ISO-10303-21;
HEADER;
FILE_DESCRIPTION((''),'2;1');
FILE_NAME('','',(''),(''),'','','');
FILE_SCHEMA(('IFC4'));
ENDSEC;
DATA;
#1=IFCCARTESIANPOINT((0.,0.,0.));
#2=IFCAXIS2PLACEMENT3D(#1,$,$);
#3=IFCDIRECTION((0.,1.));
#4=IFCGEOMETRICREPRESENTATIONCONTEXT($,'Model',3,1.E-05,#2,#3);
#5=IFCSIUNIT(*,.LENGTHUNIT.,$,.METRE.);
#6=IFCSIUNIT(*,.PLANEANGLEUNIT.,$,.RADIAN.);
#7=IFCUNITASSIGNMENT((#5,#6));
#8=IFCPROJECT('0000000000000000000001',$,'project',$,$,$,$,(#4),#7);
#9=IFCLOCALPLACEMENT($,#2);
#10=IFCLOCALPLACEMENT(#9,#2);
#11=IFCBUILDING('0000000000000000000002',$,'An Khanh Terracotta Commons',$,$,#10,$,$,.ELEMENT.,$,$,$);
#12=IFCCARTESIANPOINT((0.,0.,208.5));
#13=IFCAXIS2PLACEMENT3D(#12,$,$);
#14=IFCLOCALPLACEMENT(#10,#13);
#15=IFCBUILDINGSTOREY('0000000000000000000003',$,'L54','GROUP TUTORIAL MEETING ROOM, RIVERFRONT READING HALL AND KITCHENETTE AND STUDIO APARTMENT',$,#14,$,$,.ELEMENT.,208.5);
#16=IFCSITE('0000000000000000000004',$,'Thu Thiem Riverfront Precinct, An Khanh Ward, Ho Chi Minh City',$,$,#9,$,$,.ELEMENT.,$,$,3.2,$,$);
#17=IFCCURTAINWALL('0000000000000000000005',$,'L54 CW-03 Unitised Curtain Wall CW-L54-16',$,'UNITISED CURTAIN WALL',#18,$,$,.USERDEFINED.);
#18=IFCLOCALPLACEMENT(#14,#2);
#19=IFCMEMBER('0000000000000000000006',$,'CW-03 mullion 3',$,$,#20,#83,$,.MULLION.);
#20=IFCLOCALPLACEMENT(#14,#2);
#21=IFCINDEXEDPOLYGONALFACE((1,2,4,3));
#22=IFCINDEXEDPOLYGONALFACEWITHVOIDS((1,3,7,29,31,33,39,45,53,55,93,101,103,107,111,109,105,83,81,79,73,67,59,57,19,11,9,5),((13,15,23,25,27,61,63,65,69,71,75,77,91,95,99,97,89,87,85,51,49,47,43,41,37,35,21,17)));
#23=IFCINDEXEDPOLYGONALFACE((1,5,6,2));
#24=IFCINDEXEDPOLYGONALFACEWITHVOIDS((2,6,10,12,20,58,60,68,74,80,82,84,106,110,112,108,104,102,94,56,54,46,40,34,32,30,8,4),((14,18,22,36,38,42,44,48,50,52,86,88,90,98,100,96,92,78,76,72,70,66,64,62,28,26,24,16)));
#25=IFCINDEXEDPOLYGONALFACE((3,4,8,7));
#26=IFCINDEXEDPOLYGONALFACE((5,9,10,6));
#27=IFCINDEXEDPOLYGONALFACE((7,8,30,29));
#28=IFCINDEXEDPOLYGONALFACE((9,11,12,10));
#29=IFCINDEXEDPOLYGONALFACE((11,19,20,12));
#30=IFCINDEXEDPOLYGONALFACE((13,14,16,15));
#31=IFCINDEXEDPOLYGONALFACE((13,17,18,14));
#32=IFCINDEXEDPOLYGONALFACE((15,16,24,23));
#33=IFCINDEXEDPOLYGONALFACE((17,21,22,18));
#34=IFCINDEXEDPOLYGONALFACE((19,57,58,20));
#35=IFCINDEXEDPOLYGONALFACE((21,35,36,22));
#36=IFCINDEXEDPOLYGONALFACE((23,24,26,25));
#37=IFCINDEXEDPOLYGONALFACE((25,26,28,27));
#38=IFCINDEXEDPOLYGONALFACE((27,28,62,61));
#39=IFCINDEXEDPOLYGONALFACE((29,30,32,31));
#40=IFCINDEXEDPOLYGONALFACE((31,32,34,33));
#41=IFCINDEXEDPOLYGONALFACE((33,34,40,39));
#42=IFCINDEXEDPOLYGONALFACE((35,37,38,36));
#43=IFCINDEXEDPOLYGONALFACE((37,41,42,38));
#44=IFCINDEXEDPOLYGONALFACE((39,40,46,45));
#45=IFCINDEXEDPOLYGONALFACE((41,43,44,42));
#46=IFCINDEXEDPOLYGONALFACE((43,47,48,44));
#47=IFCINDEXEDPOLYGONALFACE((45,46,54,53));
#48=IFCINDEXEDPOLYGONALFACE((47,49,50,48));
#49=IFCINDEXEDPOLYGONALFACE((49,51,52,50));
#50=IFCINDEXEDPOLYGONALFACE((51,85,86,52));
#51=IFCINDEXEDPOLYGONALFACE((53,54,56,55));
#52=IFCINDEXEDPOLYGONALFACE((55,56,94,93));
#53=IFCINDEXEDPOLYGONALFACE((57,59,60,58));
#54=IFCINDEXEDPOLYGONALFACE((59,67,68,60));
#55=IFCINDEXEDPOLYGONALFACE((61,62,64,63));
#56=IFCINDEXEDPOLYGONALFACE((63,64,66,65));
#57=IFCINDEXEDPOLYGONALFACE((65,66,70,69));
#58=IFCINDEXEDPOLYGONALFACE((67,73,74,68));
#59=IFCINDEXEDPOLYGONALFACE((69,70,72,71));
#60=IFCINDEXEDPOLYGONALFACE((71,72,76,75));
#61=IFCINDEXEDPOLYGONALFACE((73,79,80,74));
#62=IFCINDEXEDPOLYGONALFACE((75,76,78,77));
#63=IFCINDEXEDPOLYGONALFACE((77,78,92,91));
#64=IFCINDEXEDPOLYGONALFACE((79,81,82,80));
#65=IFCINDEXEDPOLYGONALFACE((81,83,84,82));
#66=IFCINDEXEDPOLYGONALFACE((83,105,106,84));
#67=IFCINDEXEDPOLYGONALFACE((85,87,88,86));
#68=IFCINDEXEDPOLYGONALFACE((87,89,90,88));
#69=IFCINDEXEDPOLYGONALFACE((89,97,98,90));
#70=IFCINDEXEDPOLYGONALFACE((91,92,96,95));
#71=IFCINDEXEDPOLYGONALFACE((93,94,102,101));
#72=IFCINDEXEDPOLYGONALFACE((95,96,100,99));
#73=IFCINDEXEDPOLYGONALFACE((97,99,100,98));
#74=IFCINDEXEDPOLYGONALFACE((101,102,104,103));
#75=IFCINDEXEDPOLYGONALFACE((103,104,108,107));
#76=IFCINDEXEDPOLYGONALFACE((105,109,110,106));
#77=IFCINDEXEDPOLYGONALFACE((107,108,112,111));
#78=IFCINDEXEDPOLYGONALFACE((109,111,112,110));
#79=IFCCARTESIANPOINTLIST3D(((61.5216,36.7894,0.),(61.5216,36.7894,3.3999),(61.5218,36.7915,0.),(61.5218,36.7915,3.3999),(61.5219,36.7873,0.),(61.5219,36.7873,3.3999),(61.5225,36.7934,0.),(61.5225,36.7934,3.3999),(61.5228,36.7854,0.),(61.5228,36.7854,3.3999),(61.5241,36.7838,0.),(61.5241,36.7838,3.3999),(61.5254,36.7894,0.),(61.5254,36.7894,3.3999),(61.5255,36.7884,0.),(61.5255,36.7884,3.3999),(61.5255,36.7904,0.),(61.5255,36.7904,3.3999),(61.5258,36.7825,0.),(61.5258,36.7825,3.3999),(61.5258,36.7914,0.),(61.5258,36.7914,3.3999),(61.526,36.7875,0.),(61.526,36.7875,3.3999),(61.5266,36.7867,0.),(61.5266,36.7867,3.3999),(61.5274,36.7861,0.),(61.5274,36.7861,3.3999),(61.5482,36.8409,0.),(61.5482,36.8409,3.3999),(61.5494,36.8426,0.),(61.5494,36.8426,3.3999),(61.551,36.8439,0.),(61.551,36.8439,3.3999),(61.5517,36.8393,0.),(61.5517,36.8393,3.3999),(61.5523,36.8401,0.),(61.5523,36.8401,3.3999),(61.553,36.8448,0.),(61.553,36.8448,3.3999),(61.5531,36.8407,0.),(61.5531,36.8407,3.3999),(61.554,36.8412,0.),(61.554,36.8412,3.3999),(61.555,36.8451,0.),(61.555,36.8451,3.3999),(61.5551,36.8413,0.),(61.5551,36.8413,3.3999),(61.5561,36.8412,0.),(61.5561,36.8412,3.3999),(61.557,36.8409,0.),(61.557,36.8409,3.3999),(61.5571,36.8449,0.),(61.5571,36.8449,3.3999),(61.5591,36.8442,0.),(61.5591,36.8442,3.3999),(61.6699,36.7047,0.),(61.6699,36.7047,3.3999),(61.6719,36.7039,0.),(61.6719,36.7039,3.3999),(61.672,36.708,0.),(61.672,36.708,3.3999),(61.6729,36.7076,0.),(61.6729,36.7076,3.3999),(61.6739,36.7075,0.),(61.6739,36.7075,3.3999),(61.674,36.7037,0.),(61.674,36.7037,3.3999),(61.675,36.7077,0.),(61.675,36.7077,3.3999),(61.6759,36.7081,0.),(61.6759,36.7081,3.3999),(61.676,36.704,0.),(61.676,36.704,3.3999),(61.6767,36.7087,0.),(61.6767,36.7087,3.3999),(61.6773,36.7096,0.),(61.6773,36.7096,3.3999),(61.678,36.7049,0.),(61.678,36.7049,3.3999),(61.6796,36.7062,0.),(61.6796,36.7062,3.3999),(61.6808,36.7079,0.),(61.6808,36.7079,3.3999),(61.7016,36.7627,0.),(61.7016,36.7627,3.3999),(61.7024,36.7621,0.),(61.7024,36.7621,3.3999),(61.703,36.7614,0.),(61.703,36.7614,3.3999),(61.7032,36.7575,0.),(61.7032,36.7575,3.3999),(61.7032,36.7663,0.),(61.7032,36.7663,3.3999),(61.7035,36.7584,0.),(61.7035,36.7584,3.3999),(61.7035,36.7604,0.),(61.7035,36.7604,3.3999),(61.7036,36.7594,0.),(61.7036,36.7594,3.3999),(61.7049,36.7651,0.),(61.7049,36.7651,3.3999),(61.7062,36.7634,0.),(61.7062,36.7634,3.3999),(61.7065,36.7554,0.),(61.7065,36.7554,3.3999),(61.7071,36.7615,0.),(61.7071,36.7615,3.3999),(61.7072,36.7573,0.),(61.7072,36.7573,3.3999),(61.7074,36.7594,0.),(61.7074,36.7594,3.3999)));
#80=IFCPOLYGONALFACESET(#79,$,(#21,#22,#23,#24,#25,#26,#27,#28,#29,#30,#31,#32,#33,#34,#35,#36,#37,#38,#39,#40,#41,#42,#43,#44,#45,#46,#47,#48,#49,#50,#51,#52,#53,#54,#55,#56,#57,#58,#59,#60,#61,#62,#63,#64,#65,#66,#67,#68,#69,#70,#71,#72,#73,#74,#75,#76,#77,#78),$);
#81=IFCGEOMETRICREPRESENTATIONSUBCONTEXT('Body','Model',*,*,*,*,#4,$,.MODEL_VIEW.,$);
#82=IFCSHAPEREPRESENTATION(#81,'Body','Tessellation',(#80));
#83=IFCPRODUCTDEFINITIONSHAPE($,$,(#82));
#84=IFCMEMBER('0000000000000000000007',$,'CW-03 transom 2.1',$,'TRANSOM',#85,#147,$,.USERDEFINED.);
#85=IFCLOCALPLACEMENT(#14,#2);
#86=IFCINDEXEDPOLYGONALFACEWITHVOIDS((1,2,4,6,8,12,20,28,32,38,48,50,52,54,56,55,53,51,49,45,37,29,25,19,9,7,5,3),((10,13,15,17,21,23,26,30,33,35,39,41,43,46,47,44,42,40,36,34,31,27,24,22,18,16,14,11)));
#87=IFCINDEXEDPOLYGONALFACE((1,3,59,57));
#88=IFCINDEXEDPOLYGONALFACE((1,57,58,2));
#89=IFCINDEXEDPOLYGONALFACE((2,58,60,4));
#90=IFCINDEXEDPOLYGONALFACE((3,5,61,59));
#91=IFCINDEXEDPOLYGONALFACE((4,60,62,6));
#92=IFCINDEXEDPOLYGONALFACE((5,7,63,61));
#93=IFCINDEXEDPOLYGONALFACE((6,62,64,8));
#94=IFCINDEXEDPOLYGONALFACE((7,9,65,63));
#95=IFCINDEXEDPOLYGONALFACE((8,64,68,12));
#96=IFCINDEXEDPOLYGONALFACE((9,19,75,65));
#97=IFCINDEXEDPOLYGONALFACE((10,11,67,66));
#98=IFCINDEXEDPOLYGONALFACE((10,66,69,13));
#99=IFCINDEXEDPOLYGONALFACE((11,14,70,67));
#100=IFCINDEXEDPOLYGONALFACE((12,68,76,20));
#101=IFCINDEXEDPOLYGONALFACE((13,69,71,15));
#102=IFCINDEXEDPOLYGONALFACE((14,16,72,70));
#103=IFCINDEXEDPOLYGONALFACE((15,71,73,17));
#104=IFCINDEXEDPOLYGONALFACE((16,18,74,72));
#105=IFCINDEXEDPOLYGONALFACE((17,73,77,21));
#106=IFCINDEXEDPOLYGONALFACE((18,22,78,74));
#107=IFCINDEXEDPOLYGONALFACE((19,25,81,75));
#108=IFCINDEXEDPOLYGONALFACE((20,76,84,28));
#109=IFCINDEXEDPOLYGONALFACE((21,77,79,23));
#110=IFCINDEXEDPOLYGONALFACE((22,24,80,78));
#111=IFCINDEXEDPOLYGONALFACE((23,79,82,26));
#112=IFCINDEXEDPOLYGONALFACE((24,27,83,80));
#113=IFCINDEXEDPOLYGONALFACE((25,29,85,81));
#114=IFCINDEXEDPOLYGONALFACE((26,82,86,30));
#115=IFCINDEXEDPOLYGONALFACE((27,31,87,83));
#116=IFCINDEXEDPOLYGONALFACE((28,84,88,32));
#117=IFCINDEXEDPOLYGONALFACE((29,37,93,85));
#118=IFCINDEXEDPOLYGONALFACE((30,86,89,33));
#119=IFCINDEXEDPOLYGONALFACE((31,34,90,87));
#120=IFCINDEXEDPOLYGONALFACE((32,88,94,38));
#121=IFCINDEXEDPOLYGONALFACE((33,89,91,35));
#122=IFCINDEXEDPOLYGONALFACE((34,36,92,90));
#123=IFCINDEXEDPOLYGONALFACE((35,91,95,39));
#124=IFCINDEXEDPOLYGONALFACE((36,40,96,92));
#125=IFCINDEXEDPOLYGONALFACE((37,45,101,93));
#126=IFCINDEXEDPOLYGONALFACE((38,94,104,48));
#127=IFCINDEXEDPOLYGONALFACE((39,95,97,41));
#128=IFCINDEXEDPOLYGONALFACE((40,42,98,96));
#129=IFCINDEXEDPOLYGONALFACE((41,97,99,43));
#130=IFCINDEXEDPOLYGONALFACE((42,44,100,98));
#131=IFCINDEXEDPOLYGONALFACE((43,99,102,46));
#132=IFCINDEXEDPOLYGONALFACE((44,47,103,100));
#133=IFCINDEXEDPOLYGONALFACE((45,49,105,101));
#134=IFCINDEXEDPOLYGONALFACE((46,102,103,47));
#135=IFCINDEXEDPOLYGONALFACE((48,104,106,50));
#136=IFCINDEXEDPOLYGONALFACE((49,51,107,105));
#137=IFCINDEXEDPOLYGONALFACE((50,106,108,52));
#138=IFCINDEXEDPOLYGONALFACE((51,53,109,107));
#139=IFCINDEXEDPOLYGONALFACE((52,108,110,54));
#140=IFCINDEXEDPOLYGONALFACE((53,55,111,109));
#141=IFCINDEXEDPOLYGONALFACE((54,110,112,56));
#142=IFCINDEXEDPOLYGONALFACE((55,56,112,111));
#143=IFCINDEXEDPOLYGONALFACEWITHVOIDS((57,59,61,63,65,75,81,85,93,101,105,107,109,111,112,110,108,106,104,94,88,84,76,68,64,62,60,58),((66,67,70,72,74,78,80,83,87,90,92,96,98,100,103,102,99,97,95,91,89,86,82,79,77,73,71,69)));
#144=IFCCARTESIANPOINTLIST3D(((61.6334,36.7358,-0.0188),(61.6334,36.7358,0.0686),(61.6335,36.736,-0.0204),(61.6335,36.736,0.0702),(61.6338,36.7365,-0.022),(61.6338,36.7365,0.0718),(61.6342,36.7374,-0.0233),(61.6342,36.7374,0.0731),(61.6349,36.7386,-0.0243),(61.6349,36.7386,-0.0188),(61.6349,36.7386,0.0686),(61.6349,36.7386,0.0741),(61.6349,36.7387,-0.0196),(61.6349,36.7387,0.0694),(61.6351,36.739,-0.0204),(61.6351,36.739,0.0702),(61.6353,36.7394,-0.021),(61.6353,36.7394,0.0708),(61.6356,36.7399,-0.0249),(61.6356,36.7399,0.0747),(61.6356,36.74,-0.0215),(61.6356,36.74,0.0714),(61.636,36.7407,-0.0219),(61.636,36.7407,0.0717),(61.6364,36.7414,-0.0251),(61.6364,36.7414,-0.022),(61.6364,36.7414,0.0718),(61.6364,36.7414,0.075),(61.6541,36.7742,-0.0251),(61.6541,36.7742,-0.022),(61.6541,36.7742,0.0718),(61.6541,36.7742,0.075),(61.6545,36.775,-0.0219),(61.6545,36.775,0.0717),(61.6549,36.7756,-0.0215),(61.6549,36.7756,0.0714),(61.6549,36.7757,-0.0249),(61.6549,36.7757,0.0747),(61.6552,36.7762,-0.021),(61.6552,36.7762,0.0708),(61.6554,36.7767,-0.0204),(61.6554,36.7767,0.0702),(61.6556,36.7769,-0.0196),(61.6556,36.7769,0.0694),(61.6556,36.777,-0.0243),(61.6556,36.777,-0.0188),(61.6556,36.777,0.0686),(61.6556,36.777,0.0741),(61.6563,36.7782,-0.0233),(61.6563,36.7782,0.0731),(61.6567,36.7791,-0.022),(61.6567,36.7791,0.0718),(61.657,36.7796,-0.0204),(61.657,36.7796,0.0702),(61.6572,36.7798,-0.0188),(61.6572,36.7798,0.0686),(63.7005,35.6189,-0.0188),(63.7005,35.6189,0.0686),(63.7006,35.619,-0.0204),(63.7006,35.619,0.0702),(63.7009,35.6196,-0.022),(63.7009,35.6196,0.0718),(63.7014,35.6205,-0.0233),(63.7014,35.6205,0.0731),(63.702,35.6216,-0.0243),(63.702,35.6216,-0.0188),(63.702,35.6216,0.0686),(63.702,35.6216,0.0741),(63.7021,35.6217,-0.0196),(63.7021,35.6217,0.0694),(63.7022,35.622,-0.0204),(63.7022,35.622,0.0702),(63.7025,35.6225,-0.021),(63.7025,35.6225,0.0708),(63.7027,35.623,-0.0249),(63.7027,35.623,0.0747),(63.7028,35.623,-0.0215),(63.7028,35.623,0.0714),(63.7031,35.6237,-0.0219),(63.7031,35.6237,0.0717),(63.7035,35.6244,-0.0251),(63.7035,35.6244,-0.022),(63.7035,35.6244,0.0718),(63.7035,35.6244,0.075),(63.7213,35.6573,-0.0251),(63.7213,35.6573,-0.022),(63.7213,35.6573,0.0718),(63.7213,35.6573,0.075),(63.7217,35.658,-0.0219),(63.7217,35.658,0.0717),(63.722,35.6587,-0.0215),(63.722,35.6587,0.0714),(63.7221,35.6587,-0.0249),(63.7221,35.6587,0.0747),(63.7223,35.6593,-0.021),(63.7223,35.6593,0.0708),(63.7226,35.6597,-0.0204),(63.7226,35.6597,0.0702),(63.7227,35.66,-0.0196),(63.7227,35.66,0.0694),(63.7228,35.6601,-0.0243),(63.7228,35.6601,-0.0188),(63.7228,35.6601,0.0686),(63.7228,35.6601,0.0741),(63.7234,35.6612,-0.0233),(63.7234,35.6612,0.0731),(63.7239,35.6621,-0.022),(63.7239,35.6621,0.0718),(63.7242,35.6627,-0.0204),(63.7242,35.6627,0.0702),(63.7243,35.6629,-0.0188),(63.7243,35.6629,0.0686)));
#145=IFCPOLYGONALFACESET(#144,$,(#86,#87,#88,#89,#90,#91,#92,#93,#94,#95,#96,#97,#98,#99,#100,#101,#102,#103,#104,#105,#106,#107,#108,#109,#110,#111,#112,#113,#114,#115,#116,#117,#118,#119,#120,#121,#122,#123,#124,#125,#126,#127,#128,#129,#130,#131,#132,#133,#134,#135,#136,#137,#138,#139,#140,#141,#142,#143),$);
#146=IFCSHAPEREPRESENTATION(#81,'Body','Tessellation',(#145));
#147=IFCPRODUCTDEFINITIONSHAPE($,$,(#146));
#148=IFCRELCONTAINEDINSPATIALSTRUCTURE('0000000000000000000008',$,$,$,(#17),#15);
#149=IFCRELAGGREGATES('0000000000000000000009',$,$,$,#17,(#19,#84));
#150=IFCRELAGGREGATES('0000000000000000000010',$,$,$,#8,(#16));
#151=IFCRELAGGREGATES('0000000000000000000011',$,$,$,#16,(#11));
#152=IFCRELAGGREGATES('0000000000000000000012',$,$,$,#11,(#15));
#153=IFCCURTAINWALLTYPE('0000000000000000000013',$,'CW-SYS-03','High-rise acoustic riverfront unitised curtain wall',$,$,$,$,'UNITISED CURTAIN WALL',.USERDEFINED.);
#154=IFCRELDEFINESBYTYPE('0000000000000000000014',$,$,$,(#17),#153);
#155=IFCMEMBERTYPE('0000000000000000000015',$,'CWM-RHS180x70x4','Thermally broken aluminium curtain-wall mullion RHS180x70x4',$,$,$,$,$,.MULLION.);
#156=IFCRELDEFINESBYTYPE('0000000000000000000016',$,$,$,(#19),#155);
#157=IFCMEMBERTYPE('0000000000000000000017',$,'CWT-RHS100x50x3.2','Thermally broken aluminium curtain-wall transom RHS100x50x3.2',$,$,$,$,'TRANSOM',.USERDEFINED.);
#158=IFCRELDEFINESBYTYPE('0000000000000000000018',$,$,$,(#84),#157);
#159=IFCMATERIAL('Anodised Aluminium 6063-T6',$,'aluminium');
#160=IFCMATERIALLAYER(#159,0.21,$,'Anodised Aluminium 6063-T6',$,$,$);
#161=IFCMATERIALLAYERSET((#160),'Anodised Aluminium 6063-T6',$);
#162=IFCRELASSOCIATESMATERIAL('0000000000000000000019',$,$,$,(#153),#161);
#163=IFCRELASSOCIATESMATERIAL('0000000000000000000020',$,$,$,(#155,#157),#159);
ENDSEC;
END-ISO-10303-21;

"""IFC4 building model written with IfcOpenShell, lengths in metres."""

from ifc_helpers import new_model, si_unit, direction, frame, origin, origin_2d, place, context, subcontext, project, spatial, hollow_rectangle, extrude, material, layer, layer_set, material_profile, profile_set, type_object, element, aggregate, save


model = new_model("IFC4")

# Units and contexts
model_context = context("Model", 3, precision=1e-05, world=origin(), true_north=direction((0.0, 1.0)))
body_context = subcontext(model_context, "Body", "Model", "MODEL_VIEW")
ifc_project = project(units=[si_unit("LENGTHUNIT", "METRE"), si_unit("PLANEANGLEUNIT", "RADIAN")], contexts=[model_context])

# Site, building, storey
site_placement = place(None, origin())
site = spatial("IfcSite", under=ifc_project, at=site_placement, Name="Thu Thiem Riverfront Precinct, An Khanh Ward, Ho Chi Minh City", CompositionType="ELEMENT", RefElevation=3.2)
building_placement = place(site_placement, origin())
building = spatial("IfcBuilding", under=site, at=building_placement, Name="An Khanh Terracotta Commons", CompositionType="ELEMENT")
storey_placement = place(building_placement, frame((0.0, 0.0, 208.5)))
storey = spatial("IfcBuildingStorey", under=building, at=storey_placement, Name="L54", Description="GROUP TUTORIAL MEETING ROOM, RIVERFRONT READING HALL AND KITCHENETTE AND STUDIO APARTMENT", CompositionType="ELEMENT", Elevation=208.5)

# Curtain wall, members
ifc_material_1 = material(Name="Anodised Aluminium 6063-T6", Category="aluminium")
ifc_layer_1 = layer(ifc_material_1, 0.21, Name="Anodised Aluminium 6063-T6")
ifc_layer_set_1 = layer_set([ifc_layer_1], Name="Anodised Aluminium 6063-T6")
curtain_wall_type = type_object("IfcCurtainWallType", Name="CW-SYS-03", Description="High-rise acoustic riverfront unitised curtain wall", ElementType="UNITISED CURTAIN WALL", PredefinedType="USERDEFINED", material=ifc_layer_set_1)
curtain_wall_placement = place(storey_placement, origin())
curtain_wall = element("IfcCurtainWall", 1, at=curtain_wall_placement, inside=storey, type_object=curtain_wall_type, Name="L54 CW-03 Unitised Curtain Wall CW-L54-16", ObjectType="UNITISED CURTAIN WALL", PredefinedType="USERDEFINED")
ifc_material_profile_1 = material_profile(ifc_material_1, hollow_rectangle(XDim=0.0701, YDim=0.1799, WallThickness=0.0039, InnerFilletRadius=0.0039, OuterFilletRadius=0.0081, at=origin_2d()), Name="RHS180x70x4")
ifc_profile_set_1 = profile_set([ifc_material_profile_1], Name="Anodised Aluminium 6063-T6")
member_type_1 = type_object("IfcMemberType", Name="CWM-RHS180x70x4", Description="Thermally broken aluminium curtain-wall mullion RHS180x70x4", PredefinedType="MULLION", material=ifc_profile_set_1)
member_1_placement = place(storey_placement, frame((61.6145, 36.7744, 0.0), z_axis=(0.0, 0.0, 1.0), x_axis=(-0.475381, -0.87978, 0.0)))
member_1 = element("IfcMember", 2, at=member_1_placement, type_object=member_type_1, Name="CW-03 mullion 3", PredefinedType="MULLION", context=body_context, shape_type="SweptSolid", body=[
    extrude(hollow_rectangle(XDim=0.0701, YDim=0.1799, WallThickness=0.0039, InnerFilletRadius=0.0039, OuterFilletRadius=0.0081, at=origin_2d()), origin(), (0.0, 0.0, 1.0), 3.3999),
])
ifc_material_profile_2 = material_profile(ifc_material_1, hollow_rectangle(XDim=0.05, YDim=0.1001, WallThickness=0.0032, InnerFilletRadius=0.0032, OuterFilletRadius=0.0063, at=origin_2d()), Name="RHS100x50x3.2")
ifc_profile_set_2 = profile_set([ifc_material_profile_2], Name="Anodised Aluminium 6063-T6")
member_type_2 = type_object("IfcMemberType", Name="CWT-RHS100x50x3.2", Description="Thermally broken aluminium curtain-wall transom RHS100x50x3.2", ElementType="TRANSOM", PredefinedType="USERDEFINED", material=ifc_profile_set_2)
member_2_placement = place(storey_placement, frame((63.7124, 35.6409, 0.0249), z_axis=(-0.879783, 0.475376, 0.0), x_axis=(-0.475376, -0.879783, 0.0)))
member_2 = element("IfcMember", 3, at=member_2_placement, type_object=member_type_2, Name="CW-03 transom 2.1", ObjectType="TRANSOM", PredefinedType="USERDEFINED", context=body_context, shape_type="SweptSolid", body=[
    extrude(hollow_rectangle(XDim=0.05, YDim=0.1001, WallThickness=0.0032, InnerFilletRadius=0.0032, OuterFilletRadius=0.0063, at=origin_2d()), origin(), (0.0, 0.0, 1.0), 2.3496),
])
aggregate(curtain_wall, [member_1, member_2])

save(model, "model.ifc")
